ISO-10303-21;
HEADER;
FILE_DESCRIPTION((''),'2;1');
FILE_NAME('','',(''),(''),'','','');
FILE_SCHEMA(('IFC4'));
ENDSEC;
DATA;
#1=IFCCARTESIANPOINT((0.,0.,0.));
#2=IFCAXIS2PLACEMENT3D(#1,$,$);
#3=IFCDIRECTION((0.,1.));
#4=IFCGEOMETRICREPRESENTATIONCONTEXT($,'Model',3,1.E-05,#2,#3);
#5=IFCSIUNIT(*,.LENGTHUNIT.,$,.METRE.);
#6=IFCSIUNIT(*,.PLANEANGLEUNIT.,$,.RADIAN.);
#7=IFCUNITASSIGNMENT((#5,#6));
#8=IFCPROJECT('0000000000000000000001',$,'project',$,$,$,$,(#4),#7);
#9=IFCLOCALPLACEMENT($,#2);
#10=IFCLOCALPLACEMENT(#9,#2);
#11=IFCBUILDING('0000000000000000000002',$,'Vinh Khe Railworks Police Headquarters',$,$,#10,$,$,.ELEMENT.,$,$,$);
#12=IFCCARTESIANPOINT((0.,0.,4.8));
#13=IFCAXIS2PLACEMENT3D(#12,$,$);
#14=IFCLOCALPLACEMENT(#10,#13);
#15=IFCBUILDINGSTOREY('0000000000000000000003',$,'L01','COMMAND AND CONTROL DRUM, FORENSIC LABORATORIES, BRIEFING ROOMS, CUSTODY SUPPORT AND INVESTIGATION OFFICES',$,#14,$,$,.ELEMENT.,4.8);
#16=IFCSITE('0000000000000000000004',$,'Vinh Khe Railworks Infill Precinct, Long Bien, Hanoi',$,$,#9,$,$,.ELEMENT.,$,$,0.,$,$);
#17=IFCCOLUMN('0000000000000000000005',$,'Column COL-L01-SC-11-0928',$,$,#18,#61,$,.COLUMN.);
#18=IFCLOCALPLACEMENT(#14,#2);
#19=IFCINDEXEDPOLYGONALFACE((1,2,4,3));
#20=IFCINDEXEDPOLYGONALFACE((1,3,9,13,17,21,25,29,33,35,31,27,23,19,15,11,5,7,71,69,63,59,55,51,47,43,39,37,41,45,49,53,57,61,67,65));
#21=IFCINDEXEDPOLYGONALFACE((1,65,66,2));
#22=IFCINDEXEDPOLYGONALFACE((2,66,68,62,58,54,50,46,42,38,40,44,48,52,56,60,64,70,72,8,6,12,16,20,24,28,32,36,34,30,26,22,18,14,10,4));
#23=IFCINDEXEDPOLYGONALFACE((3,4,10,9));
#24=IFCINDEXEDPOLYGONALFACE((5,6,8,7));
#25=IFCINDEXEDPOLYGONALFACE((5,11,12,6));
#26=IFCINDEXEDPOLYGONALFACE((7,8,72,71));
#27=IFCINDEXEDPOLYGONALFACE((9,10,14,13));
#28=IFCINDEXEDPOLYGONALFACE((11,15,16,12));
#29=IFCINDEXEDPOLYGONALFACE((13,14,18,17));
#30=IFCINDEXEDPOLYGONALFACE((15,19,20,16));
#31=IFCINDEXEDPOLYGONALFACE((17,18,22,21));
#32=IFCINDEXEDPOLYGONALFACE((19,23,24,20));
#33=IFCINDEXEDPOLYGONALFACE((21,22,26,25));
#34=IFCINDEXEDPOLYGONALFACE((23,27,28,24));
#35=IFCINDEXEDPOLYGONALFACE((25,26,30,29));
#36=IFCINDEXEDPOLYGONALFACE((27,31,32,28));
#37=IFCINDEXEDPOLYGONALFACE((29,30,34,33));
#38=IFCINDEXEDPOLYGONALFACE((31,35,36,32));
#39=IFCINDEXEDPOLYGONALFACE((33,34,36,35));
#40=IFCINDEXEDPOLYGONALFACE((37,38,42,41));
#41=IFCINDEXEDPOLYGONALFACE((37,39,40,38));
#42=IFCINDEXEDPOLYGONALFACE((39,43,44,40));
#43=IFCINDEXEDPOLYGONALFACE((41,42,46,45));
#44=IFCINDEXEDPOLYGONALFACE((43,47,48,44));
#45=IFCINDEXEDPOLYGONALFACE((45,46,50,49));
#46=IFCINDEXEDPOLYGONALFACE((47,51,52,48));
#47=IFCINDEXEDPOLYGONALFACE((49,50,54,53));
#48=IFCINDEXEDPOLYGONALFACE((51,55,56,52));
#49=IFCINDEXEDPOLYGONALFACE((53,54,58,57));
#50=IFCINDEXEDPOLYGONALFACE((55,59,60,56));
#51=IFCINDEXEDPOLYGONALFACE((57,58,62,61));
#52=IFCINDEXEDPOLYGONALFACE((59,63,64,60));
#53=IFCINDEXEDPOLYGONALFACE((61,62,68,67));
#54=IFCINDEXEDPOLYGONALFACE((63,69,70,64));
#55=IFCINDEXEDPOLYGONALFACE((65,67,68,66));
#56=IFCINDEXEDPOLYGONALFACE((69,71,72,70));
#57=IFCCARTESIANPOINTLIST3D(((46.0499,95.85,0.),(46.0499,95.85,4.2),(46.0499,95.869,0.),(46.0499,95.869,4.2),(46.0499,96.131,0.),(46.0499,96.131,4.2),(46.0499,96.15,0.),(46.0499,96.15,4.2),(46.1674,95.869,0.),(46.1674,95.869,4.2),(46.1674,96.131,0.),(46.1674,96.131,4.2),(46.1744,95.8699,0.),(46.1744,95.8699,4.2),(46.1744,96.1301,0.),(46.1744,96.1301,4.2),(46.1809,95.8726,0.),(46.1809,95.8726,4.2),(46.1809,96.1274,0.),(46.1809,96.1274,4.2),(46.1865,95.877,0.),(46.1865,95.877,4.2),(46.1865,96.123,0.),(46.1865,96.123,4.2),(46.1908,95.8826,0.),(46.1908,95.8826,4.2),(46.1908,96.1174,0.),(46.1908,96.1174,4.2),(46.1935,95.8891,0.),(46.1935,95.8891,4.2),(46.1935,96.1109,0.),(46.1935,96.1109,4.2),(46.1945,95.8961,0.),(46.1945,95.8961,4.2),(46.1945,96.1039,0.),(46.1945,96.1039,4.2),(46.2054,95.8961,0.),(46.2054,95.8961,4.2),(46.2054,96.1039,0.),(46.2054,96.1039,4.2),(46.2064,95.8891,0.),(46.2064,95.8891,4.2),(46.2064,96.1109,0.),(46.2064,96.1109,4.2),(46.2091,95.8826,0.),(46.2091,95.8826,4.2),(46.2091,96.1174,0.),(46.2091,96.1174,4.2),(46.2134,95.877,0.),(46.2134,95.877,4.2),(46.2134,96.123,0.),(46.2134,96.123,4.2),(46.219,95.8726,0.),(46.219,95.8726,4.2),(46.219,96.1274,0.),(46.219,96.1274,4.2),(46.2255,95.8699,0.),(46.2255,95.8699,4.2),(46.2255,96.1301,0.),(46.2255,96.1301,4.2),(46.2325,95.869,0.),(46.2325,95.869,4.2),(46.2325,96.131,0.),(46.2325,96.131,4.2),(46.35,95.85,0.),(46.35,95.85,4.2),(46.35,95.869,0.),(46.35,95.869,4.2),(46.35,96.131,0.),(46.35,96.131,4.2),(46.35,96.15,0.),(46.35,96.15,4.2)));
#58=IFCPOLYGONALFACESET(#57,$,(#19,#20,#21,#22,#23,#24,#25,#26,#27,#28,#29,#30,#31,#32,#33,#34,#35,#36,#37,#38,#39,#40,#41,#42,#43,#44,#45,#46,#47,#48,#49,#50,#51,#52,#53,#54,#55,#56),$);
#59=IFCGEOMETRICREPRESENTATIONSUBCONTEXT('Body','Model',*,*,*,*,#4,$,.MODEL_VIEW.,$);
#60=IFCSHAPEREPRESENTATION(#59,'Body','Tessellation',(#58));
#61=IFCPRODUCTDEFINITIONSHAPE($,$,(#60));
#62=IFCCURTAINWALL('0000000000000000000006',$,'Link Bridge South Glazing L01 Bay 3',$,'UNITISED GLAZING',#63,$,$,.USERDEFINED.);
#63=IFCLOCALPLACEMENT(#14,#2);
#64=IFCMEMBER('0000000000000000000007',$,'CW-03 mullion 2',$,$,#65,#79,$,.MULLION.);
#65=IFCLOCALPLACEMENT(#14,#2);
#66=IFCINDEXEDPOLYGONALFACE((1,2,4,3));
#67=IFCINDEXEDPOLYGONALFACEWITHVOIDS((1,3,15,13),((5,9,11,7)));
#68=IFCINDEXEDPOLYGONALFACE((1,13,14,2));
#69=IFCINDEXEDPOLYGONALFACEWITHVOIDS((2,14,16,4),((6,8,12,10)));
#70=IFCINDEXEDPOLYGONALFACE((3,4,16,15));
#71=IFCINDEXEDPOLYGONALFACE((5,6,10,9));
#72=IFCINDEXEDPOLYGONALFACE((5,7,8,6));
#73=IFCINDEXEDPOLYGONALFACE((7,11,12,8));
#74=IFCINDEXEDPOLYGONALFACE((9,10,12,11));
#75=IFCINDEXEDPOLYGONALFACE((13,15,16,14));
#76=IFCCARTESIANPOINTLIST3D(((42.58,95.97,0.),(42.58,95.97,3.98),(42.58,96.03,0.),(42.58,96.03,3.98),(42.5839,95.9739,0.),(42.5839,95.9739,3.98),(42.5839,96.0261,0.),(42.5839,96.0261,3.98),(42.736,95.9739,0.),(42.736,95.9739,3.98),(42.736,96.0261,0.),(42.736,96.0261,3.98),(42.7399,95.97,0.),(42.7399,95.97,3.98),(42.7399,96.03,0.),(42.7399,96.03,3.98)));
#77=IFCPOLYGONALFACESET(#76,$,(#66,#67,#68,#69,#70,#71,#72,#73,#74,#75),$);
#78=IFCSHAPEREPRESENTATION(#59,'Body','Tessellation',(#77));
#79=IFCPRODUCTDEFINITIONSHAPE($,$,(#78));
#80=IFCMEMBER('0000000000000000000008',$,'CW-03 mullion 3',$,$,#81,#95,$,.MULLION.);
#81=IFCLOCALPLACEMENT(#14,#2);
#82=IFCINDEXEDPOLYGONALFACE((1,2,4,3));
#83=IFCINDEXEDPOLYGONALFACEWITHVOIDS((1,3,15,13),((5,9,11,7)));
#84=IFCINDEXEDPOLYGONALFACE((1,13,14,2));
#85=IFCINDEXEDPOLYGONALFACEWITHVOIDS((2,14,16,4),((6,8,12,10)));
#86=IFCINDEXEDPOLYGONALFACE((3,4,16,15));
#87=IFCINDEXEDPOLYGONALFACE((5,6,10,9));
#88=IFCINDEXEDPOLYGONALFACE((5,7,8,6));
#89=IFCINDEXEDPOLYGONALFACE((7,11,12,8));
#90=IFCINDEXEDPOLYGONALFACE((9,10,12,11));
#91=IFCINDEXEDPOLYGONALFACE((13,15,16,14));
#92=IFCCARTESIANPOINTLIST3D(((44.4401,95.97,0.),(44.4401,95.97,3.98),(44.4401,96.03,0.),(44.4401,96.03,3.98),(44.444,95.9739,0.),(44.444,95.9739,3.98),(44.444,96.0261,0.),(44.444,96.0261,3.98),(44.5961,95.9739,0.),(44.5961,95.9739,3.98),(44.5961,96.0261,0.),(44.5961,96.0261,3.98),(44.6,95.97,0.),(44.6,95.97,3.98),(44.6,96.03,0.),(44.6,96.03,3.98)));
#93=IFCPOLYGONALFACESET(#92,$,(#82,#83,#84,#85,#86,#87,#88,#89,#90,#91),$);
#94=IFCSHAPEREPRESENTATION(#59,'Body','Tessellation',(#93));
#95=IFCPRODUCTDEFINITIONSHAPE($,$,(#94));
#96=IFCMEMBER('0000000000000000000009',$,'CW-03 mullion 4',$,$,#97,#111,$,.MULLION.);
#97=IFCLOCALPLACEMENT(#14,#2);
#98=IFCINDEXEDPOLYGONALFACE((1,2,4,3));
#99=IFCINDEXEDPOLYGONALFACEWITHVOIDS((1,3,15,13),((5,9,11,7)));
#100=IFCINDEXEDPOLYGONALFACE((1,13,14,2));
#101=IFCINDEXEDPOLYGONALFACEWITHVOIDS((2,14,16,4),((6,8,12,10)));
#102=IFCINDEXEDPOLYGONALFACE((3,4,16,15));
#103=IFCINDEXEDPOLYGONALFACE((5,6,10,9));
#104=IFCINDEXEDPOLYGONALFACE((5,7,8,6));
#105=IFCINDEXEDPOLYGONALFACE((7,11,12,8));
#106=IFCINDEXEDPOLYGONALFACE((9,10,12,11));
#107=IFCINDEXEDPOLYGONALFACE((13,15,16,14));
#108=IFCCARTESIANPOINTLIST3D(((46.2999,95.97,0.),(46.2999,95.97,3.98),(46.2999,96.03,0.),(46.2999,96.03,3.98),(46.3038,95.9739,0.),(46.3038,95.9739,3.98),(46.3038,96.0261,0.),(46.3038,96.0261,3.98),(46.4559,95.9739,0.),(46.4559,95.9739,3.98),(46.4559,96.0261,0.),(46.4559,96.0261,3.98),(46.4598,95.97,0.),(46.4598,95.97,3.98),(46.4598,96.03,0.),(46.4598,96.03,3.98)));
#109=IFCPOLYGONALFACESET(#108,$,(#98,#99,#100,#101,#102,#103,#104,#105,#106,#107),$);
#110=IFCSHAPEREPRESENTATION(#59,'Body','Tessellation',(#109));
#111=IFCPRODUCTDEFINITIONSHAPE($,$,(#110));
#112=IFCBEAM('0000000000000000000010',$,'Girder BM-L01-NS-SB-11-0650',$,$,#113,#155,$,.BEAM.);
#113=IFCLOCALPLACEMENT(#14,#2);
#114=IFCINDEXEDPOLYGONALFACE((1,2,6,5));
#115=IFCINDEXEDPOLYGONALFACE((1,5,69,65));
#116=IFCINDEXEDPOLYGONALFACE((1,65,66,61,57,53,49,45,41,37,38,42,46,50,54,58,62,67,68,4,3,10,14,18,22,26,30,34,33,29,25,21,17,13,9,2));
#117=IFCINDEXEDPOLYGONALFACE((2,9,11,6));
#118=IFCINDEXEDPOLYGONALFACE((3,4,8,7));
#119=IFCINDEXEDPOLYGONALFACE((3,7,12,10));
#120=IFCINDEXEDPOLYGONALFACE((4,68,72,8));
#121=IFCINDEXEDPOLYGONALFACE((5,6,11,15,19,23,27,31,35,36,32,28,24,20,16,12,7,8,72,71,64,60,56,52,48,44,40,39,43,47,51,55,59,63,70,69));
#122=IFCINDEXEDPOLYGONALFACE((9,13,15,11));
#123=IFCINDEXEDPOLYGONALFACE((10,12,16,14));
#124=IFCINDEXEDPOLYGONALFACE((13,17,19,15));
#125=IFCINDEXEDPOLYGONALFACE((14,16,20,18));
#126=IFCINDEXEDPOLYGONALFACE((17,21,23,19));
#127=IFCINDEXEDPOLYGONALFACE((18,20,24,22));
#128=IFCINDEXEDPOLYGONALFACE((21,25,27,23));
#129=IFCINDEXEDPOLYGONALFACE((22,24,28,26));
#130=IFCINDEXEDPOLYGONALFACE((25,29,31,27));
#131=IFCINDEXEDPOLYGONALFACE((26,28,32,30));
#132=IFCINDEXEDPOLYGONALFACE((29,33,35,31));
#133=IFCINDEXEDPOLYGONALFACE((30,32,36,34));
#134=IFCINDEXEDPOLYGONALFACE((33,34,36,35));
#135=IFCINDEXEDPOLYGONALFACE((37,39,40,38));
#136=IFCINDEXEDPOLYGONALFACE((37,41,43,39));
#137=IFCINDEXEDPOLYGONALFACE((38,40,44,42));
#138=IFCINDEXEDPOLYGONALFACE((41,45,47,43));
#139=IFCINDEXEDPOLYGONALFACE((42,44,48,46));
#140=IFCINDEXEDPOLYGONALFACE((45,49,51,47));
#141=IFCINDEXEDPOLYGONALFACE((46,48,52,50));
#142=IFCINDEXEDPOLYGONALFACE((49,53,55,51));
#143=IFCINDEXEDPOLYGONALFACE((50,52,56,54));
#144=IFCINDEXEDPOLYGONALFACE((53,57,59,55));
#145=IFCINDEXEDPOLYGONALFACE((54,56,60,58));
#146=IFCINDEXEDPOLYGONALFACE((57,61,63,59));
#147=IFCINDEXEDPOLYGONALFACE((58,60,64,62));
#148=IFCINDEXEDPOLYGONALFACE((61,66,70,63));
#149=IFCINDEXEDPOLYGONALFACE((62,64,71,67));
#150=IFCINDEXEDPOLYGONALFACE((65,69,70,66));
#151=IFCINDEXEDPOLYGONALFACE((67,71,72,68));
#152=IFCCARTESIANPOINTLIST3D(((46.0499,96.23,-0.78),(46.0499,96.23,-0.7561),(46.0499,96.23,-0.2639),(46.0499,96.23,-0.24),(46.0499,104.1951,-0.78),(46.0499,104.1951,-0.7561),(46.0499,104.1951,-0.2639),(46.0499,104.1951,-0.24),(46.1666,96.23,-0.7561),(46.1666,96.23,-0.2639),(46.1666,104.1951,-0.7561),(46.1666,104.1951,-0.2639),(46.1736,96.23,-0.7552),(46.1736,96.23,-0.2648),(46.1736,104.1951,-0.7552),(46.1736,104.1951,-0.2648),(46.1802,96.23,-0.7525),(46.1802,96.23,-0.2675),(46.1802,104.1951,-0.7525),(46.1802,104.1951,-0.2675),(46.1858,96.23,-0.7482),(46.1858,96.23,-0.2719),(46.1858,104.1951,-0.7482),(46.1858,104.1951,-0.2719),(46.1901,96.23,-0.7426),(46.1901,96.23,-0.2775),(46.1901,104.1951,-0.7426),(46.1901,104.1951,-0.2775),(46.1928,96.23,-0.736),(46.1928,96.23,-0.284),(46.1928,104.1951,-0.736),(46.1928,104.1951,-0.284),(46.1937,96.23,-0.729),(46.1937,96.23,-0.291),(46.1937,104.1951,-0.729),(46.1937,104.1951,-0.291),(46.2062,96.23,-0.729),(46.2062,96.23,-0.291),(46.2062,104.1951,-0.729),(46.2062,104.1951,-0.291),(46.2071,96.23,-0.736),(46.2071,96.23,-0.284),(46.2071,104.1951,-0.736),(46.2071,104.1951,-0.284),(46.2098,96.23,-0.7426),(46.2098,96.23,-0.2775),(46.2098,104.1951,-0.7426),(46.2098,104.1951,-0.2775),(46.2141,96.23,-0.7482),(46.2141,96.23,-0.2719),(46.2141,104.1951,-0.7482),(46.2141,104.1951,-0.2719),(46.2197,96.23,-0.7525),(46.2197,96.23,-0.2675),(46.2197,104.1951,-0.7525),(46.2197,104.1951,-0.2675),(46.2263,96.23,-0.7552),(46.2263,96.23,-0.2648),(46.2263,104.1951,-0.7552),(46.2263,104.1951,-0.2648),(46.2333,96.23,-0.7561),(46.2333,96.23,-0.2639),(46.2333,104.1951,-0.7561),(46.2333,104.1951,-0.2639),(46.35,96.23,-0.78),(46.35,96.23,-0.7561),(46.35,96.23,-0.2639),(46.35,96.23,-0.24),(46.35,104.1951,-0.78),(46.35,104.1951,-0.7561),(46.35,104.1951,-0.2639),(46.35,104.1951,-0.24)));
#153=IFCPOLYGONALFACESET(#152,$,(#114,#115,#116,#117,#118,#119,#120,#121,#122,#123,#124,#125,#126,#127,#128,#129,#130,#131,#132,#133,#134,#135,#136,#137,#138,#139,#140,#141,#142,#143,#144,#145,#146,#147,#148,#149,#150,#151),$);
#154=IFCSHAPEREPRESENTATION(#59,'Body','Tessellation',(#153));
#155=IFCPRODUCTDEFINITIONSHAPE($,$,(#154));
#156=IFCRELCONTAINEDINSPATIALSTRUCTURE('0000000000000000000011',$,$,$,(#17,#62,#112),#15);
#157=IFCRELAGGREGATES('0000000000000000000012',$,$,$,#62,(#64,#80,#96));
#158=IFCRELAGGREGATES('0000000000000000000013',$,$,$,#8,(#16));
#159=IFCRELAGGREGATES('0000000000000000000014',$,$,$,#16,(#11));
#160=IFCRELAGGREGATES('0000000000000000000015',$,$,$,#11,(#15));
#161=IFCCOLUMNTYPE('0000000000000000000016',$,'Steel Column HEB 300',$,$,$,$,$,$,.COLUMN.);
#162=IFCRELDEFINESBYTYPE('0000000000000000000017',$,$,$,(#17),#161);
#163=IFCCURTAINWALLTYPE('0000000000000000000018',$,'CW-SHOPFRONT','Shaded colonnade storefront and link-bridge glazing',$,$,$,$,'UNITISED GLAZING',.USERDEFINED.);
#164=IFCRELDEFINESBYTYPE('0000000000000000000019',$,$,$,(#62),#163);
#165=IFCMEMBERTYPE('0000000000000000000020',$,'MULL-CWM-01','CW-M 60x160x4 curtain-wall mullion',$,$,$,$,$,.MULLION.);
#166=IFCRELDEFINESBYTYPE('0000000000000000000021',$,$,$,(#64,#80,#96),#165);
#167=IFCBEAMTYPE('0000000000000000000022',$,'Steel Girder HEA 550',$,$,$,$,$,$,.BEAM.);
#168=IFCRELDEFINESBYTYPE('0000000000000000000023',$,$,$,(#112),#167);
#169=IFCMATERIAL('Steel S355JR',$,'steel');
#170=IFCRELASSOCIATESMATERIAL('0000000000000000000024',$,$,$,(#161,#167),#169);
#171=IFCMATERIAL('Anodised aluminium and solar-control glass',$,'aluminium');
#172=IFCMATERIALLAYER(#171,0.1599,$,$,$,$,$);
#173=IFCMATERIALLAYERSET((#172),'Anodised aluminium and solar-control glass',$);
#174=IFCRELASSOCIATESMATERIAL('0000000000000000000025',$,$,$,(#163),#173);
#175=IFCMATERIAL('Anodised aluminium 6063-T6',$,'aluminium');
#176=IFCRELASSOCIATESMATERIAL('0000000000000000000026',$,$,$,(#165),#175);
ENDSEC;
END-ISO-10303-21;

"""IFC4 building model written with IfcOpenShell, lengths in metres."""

from ifc_helpers import new_model, si_unit, direction, frame, origin, origin_2d, place, context, subcontext, project, spatial, hollow_rectangle, i_section, extrude, material, layer, layer_set, material_profile, profile_set, type_object, element, aggregate, save


model = new_model("IFC4")

# Units and contexts
model_context = context("Model", 3, precision=1e-05, world=origin(), true_north=direction((0.0, 1.0)))
body_context = subcontext(model_context, "Body", "Model", "MODEL_VIEW")
ifc_project = project(units=[si_unit("LENGTHUNIT", "METRE"), si_unit("PLANEANGLEUNIT", "RADIAN")], contexts=[model_context])

# Site, building, storey
site_placement = place(None, origin())
site = spatial("IfcSite", under=ifc_project, at=site_placement, Name="Vinh Khe Railworks Infill Precinct, Long Bien, Hanoi", CompositionType="ELEMENT", RefElevation=0.0)
building_placement = place(site_placement, origin())
building = spatial("IfcBuilding", under=site, at=building_placement, Name="Vinh Khe Railworks Police Headquarters", CompositionType="ELEMENT")
storey_placement = place(building_placement, frame((0.0, 0.0, 4.8)))
storey = spatial("IfcBuildingStorey", under=building, at=storey_placement, Name="L01", Description="COMMAND AND CONTROL DRUM, FORENSIC LABORATORIES, BRIEFING ROOMS, CUSTODY SUPPORT AND INVESTIGATION OFFICES", CompositionType="ELEMENT", Elevation=4.8)

# Column
ifc_material_1 = material(Name="Steel S355JR", Category="steel")
ifc_material_profile_1 = material_profile(ifc_material_1, i_section(OverallWidth=0.3, OverallDepth=0.3, WebThickness=0.011, FlangeThickness=0.019, FilletRadius=0.0271, at=origin_2d()), Name="HEB 300")
ifc_profile_set_1 = profile_set([ifc_material_profile_1], Name="Steel S355JR")
column_type = type_object("IfcColumnType", Name="Steel Column HEB 300", PredefinedType="COLUMN", material=ifc_profile_set_1)
column_placement = place(storey_placement, frame((46.2, 96.0, 0.0), z_axis=(0.0, 0.0, 1.0), x_axis=(1.0, 0.0, 0.0)))
element("IfcColumn", 1, at=column_placement, inside=storey, type_object=column_type, Name="Column COL-L01-SC-11-0928", PredefinedType="COLUMN", context=body_context, shape_type="SweptSolid", body=[
    extrude(i_section(OverallWidth=0.3, OverallDepth=0.3, WebThickness=0.011, FlangeThickness=0.019, FilletRadius=0.0271, at=origin_2d()), origin(), (0.0, 0.0, 1.0), 4.2),
])

# Curtain wall, members
ifc_material_2 = material(Name="Anodised aluminium and solar-control glass", Category="aluminium")
ifc_layer_1 = layer(ifc_material_2, 0.1599)
ifc_layer_set_1 = layer_set([ifc_layer_1], Name="Anodised aluminium and solar-control glass")
curtain_wall_type = type_object("IfcCurtainWallType", Name="CW-SHOPFRONT", Description="Shaded colonnade storefront and link-bridge glazing", ElementType="UNITISED GLAZING", PredefinedType="USERDEFINED", material=ifc_layer_set_1)
curtain_wall_placement = place(storey_placement, origin())
curtain_wall = element("IfcCurtainWall", 2, at=curtain_wall_placement, inside=storey, type_object=curtain_wall_type, Name="Link Bridge South Glazing L01 Bay 3", ObjectType="UNITISED GLAZING", PredefinedType="USERDEFINED")
ifc_material_3 = material(Name="Anodised aluminium 6063-T6", Category="aluminium")
ifc_material_profile_2 = material_profile(ifc_material_3, hollow_rectangle(XDim=0.0601, YDim=0.1599, WallThickness=0.0039, at=origin_2d()), Name="CW-M 60x160x4")
ifc_profile_set_2 = profile_set([ifc_material_profile_2], Name="Anodised aluminium 6063-T6")
member_type_1 = type_object("IfcMemberType", Name="MULL-CWM-01", Description="CW-M 60x160x4 curtain-wall mullion", PredefinedType="MULLION", material=ifc_profile_set_2)
member_1_placement = place(storey_placement, frame((42.6599, 96.0, 0.0), z_axis=(0.0, 0.0, 1.0), x_axis=(0.0, 1.0, 0.0)))
member_1 = element("IfcMember", 3, at=member_1_placement, type_object=member_type_1, Name="CW-03 mullion 2", PredefinedType="MULLION", context=body_context, shape_type="SweptSolid", body=[
    extrude(hollow_rectangle(XDim=0.0601, YDim=0.1599, WallThickness=0.0039, at=origin_2d()), origin(), (0.0, 0.0, 1.0), 3.98),
])
member_2_placement = place(storey_placement, frame((44.52, 96.0, 0.0), z_axis=(0.0, 0.0, 1.0), x_axis=(0.0, 1.0, 0.0)))
member_2 = element("IfcMember", 4, at=member_2_placement, type_object=member_type_1, Name="CW-03 mullion 3", PredefinedType="MULLION", context=body_context, shape_type="SweptSolid", body=[
    extrude(hollow_rectangle(XDim=0.0601, YDim=0.1599, WallThickness=0.0039, at=origin_2d()), origin(), (0.0, 0.0, 1.0), 3.98),
])
member_3_placement = place(storey_placement, frame((46.3799, 96.0, 0.0), z_axis=(0.0, 0.0, 1.0), x_axis=(0.0, 1.0, 0.0)))
member_3 = element("IfcMember", 5, at=member_3_placement, type_object=member_type_1, Name="CW-03 mullion 4", PredefinedType="MULLION", context=body_context, shape_type="SweptSolid", body=[
    extrude(hollow_rectangle(XDim=0.0601, YDim=0.1599, WallThickness=0.0039, at=origin_2d()), origin(), (0.0, 0.0, 1.0), 3.98),
])

# Beam
ifc_material_profile_3 = material_profile(ifc_material_1, i_section(OverallWidth=0.3, OverallDepth=0.54, WebThickness=0.0125, FlangeThickness=0.0239, FilletRadius=0.0271, at=origin_2d()), Name="HEA 550")
ifc_profile_set_3 = profile_set([ifc_material_profile_3], Name="Steel S355JR")
beam_type_1 = type_object("IfcBeamType", Name="Steel Girder HEA 550", PredefinedType="BEAM", material=ifc_profile_set_3)
beam_1_placement = place(storey_placement, frame((46.2, 96.23, -0.51), z_axis=(0.0, 1.0, 0.0), x_axis=(-1.0, 0.0, 0.0)))
element("IfcBeam", 6, at=beam_1_placement, inside=storey, type_object=beam_type_1, Name="Girder BM-L01-NS-SB-11-0650", PredefinedType="BEAM", context=body_context, shape_type="SweptSolid", body=[
    extrude(i_section(OverallWidth=0.3, OverallDepth=0.54, WebThickness=0.0125, FlangeThickness=0.0239, FilletRadius=0.0271, at=origin_2d()), origin(), (0.0, 0.0, 1.0), 7.9651),
])

aggregate(curtain_wall, [member_1, member_2, member_3])

save(model, "model.ifc")
